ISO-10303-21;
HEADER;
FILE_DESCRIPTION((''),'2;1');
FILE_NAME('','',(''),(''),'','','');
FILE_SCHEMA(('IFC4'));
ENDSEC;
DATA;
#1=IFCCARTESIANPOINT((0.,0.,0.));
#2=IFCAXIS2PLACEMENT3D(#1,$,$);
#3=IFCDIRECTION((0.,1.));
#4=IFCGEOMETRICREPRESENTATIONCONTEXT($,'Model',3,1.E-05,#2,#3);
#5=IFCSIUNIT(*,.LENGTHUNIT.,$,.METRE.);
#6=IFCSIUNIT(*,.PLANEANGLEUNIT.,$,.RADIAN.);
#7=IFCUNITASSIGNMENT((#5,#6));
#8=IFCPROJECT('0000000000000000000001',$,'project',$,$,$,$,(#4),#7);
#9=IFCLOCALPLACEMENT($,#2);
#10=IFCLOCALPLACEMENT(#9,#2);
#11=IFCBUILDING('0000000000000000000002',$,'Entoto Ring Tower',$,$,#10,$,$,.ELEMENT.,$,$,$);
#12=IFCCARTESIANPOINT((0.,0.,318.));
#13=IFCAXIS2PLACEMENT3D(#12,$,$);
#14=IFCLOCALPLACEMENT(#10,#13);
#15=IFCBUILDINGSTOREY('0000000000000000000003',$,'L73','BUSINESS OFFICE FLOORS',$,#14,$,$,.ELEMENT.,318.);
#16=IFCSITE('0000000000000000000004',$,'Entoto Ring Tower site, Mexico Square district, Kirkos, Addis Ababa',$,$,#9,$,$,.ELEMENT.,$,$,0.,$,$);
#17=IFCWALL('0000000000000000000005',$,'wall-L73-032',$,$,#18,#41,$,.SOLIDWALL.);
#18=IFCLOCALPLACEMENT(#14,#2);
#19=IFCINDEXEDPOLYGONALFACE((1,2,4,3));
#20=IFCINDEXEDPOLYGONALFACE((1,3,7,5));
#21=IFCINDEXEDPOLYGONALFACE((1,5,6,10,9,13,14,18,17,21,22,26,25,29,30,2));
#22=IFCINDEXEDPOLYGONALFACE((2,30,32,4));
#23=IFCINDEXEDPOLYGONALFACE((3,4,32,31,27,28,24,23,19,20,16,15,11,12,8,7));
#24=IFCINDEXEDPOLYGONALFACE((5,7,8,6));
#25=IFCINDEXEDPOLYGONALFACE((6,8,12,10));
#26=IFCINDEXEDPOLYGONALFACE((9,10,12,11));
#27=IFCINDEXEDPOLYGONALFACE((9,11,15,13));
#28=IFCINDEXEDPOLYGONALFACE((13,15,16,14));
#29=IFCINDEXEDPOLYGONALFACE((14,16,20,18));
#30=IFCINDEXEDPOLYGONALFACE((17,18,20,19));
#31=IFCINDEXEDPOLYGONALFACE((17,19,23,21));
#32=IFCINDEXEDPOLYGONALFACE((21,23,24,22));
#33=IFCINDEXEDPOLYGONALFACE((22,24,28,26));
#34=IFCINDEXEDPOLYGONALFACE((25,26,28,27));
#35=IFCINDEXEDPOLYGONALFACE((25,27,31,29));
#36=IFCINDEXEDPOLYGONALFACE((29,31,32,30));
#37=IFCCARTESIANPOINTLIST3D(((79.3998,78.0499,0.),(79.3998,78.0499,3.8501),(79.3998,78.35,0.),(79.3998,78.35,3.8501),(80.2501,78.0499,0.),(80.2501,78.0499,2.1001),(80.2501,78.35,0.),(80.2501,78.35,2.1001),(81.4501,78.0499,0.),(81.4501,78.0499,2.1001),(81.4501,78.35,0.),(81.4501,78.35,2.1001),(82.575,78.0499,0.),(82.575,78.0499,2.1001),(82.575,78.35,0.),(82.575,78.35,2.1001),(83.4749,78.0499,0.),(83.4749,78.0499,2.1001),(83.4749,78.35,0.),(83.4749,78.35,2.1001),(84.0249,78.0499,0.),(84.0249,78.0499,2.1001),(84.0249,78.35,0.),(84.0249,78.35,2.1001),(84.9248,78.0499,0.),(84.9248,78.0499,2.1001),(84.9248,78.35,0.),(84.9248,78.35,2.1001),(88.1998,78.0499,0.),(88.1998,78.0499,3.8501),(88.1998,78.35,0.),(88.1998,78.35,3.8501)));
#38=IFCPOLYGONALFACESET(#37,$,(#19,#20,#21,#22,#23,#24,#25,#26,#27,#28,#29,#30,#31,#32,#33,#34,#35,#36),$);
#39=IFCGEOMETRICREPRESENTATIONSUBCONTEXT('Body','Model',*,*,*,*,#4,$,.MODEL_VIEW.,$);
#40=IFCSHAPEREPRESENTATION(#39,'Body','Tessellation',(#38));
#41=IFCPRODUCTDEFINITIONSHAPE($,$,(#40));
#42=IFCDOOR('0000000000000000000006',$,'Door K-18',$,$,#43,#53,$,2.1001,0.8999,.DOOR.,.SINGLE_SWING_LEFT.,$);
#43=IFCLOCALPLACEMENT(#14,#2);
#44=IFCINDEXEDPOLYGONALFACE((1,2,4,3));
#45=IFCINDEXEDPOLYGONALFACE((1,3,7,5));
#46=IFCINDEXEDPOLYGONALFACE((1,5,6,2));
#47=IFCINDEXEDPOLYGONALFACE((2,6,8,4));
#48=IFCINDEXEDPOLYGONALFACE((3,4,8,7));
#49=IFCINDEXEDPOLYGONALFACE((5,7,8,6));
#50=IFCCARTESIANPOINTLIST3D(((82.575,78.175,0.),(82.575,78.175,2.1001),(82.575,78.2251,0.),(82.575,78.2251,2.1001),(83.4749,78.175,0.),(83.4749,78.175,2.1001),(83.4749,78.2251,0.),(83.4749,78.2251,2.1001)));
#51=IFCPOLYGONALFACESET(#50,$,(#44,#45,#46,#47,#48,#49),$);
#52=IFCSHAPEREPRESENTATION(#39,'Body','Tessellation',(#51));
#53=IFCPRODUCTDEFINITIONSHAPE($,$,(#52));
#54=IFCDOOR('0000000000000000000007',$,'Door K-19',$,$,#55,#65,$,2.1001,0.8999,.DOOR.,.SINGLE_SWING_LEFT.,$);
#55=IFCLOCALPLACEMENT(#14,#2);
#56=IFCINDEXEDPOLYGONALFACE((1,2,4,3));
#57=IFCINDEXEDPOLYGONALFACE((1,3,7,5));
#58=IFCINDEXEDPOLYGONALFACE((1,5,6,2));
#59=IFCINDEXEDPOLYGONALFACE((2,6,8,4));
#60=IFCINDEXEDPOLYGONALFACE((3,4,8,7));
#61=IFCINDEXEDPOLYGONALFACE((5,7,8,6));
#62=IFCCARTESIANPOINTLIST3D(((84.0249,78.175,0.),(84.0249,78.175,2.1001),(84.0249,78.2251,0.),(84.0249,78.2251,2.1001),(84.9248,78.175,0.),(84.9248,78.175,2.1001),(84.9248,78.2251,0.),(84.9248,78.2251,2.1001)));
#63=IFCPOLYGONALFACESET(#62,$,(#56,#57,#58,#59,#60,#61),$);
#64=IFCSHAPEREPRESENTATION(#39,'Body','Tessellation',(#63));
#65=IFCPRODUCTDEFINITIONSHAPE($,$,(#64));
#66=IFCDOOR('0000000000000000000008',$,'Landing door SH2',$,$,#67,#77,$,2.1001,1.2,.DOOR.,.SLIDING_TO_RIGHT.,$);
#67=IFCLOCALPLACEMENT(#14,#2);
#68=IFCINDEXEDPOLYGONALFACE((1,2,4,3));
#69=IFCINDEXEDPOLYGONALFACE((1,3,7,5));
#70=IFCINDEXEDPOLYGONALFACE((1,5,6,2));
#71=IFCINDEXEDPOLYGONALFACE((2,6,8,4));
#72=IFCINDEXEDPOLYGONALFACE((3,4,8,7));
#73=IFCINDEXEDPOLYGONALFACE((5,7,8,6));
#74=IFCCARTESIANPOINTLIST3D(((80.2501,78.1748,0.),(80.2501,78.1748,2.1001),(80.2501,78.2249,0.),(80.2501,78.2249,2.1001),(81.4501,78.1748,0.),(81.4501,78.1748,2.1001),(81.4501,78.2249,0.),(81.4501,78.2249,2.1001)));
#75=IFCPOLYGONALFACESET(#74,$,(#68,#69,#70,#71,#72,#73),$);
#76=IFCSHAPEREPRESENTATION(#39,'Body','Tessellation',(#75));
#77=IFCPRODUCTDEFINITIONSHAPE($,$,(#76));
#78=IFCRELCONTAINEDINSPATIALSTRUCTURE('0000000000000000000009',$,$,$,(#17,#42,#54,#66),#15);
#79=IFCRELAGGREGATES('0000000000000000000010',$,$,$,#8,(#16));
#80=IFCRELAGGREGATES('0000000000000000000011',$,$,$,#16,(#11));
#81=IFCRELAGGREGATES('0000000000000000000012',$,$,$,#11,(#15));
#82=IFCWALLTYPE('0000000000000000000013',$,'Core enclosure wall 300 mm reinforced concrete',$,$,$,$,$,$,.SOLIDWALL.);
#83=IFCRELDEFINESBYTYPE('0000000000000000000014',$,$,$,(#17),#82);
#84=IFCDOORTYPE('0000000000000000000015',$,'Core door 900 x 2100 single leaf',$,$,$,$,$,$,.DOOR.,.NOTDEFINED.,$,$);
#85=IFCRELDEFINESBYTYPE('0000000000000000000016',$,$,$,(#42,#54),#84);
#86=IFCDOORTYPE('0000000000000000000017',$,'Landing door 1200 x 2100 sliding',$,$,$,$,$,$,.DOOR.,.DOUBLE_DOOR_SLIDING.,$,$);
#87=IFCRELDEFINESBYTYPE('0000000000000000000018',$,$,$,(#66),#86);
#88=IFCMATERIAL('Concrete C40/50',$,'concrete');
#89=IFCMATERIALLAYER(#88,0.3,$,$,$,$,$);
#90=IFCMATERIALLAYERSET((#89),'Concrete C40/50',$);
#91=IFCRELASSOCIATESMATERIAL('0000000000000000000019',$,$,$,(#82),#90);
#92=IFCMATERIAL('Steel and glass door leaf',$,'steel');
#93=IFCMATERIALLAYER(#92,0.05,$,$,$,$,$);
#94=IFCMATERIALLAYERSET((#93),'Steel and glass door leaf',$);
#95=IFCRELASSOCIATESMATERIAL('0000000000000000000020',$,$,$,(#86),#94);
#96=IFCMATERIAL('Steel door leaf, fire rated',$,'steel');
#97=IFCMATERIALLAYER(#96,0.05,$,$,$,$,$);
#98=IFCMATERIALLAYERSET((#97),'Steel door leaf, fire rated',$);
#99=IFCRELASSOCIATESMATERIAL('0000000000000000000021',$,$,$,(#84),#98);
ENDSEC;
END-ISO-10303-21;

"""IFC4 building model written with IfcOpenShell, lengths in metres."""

from ifc_helpers import new_model, si_unit, direction, frame, frame_2d, origin, place, context, subcontext, project, spatial, rectangle, extrude, material, layer, layer_set, type_object, element, fill, save


model = new_model("IFC4")

# Units and contexts
model_context = context("Model", 3, precision=1e-05, world=origin(), true_north=direction((0.0, 1.0)))
body_context = subcontext(model_context, "Body", "Model", "MODEL_VIEW")
ifc_project = project(units=[si_unit("LENGTHUNIT", "METRE"), si_unit("PLANEANGLEUNIT", "RADIAN")], contexts=[model_context])

# Site, building, storey
site_placement = place(None, origin())
site = spatial("IfcSite", under=ifc_project, at=site_placement, Name="Entoto Ring Tower site, Mexico Square district, Kirkos, Addis Ababa", CompositionType="ELEMENT", RefElevation=0.0)
building_placement = place(site_placement, origin())
building = spatial("IfcBuilding", under=site, at=building_placement, Name="Entoto Ring Tower", CompositionType="ELEMENT")
storey_placement = place(building_placement, frame((0.0, 0.0, 318.0)))
storey = spatial("IfcBuildingStorey", under=building, at=storey_placement, Name="L73", Description="BUSINESS OFFICE FLOORS", CompositionType="ELEMENT", Elevation=318.0)

# Shared definitions
ifc_material_1 = material(Name="Concrete C40/50", Category="concrete")
ifc_layer_1 = layer(ifc_material_1, 0.3)
ifc_layer_set_1 = layer_set([ifc_layer_1], Name="Concrete C40/50")
wall_type = type_object("IfcWallType", Name="Core enclosure wall 300 mm reinforced concrete", PredefinedType="SOLIDWALL", material=ifc_layer_set_1)
ifc_material_2 = material(Name="Steel and glass door leaf", Category="steel")
ifc_layer_2 = layer(ifc_material_2, 0.05)
ifc_layer_set_2 = layer_set([ifc_layer_2], Name="Steel and glass door leaf")
door_type_1 = type_object("IfcDoorType", Name="Landing door 1200 x 2100 sliding", OperationType="DOUBLE_DOOR_SLIDING", PredefinedType="DOOR", material=ifc_layer_set_2)

# Wall, openings, doors
wall_1_placement = place(storey_placement, frame((79.3999, 78.2, 0.0), z_axis=(0.0, 0.0, 1.0), x_axis=(1.0, 0.0, 0.0)))
wall_1 = element("IfcWall", 1, at=wall_1_placement, inside=storey, type_object=wall_type, Name="wall-L73-032", PredefinedType="SOLIDWALL", context=body_context, shape_type="SweptSolid", body=[
    extrude(rectangle(XDim=8.8, YDim=0.3, at=frame_2d((4.3999, 0.0))), origin(), (0.0, 0.0, 1.0), 3.8501),
])
opening_1_placement = place(wall_1_placement, frame((0.8501, 0.0, 0.0)))
opening_1 = element("IfcOpeningElement", 2, at=opening_1_placement, cuts=wall_1, PredefinedType="OPENING", context=body_context, shape_type="SweptSolid", body=[
    extrude(rectangle(XDim=1.2, YDim=2.1001, at=frame_2d((0.6001, 1.05))), frame((0.0, 0.1602, 0.0), z_axis=(0.0, -1.0, 0.0), x_axis=(1.0, 0.0, 0.0)), (0.0, 0.0, 1.0), 0.3201),
])
opening_2_placement = place(wall_1_placement, frame((3.175, 0.0, 0.0)))
opening_2 = element("IfcOpeningElement", 3, at=opening_2_placement, cuts=wall_1, PredefinedType="OPENING", context=body_context, shape_type="SweptSolid", body=[
    extrude(rectangle(XDim=0.8999, YDim=2.1001, at=frame_2d((0.45, 1.05))), frame((0.0, 0.1602, 0.0), z_axis=(0.0, -1.0, 0.0), x_axis=(1.0, 0.0, 0.0)), (0.0, 0.0, 1.0), 0.3201),
])
opening_3_placement = place(wall_1_placement, frame((4.625, 0.0, 0.0)))
opening_3 = element("IfcOpeningElement", 4, at=opening_3_placement, cuts=wall_1, PredefinedType="OPENING", context=body_context, shape_type="SweptSolid", body=[
    extrude(rectangle(XDim=0.8999, YDim=2.1001, at=frame_2d((0.45, 1.05))), frame((0.0, 0.1602, 0.0), z_axis=(0.0, -1.0, 0.0), x_axis=(1.0, 0.0, 0.0)), (0.0, 0.0, 1.0), 0.3201),
])
ifc_material_3 = material(Name="Steel door leaf, fire rated", Category="steel")
ifc_layer_3 = layer(ifc_material_3, 0.05)
ifc_layer_set_3 = layer_set([ifc_layer_3], Name="Steel door leaf, fire rated")
door_type_2 = type_object("IfcDoorType", Name="Core door 900 x 2100 single leaf", OperationType="NOTDEFINED", PredefinedType="DOOR", material=ifc_layer_set_3)
door_1_placement = place(opening_2_placement, frame((0.8999, 0.0, 0.0), z_axis=(0.0, 0.0, 1.0), x_axis=(-1.0, 0.0, 0.0)))
door_1 = element("IfcDoor", 5, at=door_1_placement, inside=storey, type_object=door_type_2, Name="Door K-18", OperationType="SINGLE_SWING_LEFT", OverallHeight=2.1001, OverallWidth=0.8999, PredefinedType="DOOR", context=body_context, shape_type="SweptSolid", body=[
    extrude(rectangle(XDim=0.8999, YDim=2.1001, at=frame_2d((0.45, 1.05))), frame((0.0, 0.0249, 0.0), z_axis=(0.0, -1.0, 0.0), x_axis=(1.0, 0.0, 0.0)), (0.0, 0.0, 1.0), 0.05),
])
fill(opening_2, door_1)
door_2_placement = place(opening_3_placement, frame((0.8999, 0.0, 0.0), z_axis=(0.0, 0.0, 1.0), x_axis=(-1.0, 0.0, 0.0)))
door_2 = element("IfcDoor", 6, at=door_2_placement, inside=storey, type_object=door_type_2, Name="Door K-19", OperationType="SINGLE_SWING_LEFT", OverallHeight=2.1001, OverallWidth=0.8999, PredefinedType="DOOR", context=body_context, shape_type="SweptSolid", body=[
    extrude(rectangle(XDim=0.8999, YDim=2.1001, at=frame_2d((0.45, 1.05))), frame((0.0, 0.0249, 0.0), z_axis=(0.0, -1.0, 0.0), x_axis=(1.0, 0.0, 0.0)), (0.0, 0.0, 1.0), 0.05),
])
fill(opening_3, door_2)
door_3_placement = place(opening_1_placement, origin())
door_3 = element("IfcDoor", 7, at=door_3_placement, inside=storey, type_object=door_type_1, Name="Landing door SH2", OperationType="SLIDING_TO_RIGHT", OverallHeight=2.1001, OverallWidth=1.2, PredefinedType="DOOR", context=body_context, shape_type="SweptSolid", body=[
    extrude(rectangle(XDim=1.2, YDim=2.1001, at=frame_2d((0.6001, 1.05))), frame((0.0, 0.0249, 0.0), z_axis=(0.0, -1.0, 0.0), x_axis=(1.0, 0.0, 0.0)), (0.0, 0.0, 1.0), 0.05),
])
fill(opening_1, door_3)

save(model, "model.ifc")
